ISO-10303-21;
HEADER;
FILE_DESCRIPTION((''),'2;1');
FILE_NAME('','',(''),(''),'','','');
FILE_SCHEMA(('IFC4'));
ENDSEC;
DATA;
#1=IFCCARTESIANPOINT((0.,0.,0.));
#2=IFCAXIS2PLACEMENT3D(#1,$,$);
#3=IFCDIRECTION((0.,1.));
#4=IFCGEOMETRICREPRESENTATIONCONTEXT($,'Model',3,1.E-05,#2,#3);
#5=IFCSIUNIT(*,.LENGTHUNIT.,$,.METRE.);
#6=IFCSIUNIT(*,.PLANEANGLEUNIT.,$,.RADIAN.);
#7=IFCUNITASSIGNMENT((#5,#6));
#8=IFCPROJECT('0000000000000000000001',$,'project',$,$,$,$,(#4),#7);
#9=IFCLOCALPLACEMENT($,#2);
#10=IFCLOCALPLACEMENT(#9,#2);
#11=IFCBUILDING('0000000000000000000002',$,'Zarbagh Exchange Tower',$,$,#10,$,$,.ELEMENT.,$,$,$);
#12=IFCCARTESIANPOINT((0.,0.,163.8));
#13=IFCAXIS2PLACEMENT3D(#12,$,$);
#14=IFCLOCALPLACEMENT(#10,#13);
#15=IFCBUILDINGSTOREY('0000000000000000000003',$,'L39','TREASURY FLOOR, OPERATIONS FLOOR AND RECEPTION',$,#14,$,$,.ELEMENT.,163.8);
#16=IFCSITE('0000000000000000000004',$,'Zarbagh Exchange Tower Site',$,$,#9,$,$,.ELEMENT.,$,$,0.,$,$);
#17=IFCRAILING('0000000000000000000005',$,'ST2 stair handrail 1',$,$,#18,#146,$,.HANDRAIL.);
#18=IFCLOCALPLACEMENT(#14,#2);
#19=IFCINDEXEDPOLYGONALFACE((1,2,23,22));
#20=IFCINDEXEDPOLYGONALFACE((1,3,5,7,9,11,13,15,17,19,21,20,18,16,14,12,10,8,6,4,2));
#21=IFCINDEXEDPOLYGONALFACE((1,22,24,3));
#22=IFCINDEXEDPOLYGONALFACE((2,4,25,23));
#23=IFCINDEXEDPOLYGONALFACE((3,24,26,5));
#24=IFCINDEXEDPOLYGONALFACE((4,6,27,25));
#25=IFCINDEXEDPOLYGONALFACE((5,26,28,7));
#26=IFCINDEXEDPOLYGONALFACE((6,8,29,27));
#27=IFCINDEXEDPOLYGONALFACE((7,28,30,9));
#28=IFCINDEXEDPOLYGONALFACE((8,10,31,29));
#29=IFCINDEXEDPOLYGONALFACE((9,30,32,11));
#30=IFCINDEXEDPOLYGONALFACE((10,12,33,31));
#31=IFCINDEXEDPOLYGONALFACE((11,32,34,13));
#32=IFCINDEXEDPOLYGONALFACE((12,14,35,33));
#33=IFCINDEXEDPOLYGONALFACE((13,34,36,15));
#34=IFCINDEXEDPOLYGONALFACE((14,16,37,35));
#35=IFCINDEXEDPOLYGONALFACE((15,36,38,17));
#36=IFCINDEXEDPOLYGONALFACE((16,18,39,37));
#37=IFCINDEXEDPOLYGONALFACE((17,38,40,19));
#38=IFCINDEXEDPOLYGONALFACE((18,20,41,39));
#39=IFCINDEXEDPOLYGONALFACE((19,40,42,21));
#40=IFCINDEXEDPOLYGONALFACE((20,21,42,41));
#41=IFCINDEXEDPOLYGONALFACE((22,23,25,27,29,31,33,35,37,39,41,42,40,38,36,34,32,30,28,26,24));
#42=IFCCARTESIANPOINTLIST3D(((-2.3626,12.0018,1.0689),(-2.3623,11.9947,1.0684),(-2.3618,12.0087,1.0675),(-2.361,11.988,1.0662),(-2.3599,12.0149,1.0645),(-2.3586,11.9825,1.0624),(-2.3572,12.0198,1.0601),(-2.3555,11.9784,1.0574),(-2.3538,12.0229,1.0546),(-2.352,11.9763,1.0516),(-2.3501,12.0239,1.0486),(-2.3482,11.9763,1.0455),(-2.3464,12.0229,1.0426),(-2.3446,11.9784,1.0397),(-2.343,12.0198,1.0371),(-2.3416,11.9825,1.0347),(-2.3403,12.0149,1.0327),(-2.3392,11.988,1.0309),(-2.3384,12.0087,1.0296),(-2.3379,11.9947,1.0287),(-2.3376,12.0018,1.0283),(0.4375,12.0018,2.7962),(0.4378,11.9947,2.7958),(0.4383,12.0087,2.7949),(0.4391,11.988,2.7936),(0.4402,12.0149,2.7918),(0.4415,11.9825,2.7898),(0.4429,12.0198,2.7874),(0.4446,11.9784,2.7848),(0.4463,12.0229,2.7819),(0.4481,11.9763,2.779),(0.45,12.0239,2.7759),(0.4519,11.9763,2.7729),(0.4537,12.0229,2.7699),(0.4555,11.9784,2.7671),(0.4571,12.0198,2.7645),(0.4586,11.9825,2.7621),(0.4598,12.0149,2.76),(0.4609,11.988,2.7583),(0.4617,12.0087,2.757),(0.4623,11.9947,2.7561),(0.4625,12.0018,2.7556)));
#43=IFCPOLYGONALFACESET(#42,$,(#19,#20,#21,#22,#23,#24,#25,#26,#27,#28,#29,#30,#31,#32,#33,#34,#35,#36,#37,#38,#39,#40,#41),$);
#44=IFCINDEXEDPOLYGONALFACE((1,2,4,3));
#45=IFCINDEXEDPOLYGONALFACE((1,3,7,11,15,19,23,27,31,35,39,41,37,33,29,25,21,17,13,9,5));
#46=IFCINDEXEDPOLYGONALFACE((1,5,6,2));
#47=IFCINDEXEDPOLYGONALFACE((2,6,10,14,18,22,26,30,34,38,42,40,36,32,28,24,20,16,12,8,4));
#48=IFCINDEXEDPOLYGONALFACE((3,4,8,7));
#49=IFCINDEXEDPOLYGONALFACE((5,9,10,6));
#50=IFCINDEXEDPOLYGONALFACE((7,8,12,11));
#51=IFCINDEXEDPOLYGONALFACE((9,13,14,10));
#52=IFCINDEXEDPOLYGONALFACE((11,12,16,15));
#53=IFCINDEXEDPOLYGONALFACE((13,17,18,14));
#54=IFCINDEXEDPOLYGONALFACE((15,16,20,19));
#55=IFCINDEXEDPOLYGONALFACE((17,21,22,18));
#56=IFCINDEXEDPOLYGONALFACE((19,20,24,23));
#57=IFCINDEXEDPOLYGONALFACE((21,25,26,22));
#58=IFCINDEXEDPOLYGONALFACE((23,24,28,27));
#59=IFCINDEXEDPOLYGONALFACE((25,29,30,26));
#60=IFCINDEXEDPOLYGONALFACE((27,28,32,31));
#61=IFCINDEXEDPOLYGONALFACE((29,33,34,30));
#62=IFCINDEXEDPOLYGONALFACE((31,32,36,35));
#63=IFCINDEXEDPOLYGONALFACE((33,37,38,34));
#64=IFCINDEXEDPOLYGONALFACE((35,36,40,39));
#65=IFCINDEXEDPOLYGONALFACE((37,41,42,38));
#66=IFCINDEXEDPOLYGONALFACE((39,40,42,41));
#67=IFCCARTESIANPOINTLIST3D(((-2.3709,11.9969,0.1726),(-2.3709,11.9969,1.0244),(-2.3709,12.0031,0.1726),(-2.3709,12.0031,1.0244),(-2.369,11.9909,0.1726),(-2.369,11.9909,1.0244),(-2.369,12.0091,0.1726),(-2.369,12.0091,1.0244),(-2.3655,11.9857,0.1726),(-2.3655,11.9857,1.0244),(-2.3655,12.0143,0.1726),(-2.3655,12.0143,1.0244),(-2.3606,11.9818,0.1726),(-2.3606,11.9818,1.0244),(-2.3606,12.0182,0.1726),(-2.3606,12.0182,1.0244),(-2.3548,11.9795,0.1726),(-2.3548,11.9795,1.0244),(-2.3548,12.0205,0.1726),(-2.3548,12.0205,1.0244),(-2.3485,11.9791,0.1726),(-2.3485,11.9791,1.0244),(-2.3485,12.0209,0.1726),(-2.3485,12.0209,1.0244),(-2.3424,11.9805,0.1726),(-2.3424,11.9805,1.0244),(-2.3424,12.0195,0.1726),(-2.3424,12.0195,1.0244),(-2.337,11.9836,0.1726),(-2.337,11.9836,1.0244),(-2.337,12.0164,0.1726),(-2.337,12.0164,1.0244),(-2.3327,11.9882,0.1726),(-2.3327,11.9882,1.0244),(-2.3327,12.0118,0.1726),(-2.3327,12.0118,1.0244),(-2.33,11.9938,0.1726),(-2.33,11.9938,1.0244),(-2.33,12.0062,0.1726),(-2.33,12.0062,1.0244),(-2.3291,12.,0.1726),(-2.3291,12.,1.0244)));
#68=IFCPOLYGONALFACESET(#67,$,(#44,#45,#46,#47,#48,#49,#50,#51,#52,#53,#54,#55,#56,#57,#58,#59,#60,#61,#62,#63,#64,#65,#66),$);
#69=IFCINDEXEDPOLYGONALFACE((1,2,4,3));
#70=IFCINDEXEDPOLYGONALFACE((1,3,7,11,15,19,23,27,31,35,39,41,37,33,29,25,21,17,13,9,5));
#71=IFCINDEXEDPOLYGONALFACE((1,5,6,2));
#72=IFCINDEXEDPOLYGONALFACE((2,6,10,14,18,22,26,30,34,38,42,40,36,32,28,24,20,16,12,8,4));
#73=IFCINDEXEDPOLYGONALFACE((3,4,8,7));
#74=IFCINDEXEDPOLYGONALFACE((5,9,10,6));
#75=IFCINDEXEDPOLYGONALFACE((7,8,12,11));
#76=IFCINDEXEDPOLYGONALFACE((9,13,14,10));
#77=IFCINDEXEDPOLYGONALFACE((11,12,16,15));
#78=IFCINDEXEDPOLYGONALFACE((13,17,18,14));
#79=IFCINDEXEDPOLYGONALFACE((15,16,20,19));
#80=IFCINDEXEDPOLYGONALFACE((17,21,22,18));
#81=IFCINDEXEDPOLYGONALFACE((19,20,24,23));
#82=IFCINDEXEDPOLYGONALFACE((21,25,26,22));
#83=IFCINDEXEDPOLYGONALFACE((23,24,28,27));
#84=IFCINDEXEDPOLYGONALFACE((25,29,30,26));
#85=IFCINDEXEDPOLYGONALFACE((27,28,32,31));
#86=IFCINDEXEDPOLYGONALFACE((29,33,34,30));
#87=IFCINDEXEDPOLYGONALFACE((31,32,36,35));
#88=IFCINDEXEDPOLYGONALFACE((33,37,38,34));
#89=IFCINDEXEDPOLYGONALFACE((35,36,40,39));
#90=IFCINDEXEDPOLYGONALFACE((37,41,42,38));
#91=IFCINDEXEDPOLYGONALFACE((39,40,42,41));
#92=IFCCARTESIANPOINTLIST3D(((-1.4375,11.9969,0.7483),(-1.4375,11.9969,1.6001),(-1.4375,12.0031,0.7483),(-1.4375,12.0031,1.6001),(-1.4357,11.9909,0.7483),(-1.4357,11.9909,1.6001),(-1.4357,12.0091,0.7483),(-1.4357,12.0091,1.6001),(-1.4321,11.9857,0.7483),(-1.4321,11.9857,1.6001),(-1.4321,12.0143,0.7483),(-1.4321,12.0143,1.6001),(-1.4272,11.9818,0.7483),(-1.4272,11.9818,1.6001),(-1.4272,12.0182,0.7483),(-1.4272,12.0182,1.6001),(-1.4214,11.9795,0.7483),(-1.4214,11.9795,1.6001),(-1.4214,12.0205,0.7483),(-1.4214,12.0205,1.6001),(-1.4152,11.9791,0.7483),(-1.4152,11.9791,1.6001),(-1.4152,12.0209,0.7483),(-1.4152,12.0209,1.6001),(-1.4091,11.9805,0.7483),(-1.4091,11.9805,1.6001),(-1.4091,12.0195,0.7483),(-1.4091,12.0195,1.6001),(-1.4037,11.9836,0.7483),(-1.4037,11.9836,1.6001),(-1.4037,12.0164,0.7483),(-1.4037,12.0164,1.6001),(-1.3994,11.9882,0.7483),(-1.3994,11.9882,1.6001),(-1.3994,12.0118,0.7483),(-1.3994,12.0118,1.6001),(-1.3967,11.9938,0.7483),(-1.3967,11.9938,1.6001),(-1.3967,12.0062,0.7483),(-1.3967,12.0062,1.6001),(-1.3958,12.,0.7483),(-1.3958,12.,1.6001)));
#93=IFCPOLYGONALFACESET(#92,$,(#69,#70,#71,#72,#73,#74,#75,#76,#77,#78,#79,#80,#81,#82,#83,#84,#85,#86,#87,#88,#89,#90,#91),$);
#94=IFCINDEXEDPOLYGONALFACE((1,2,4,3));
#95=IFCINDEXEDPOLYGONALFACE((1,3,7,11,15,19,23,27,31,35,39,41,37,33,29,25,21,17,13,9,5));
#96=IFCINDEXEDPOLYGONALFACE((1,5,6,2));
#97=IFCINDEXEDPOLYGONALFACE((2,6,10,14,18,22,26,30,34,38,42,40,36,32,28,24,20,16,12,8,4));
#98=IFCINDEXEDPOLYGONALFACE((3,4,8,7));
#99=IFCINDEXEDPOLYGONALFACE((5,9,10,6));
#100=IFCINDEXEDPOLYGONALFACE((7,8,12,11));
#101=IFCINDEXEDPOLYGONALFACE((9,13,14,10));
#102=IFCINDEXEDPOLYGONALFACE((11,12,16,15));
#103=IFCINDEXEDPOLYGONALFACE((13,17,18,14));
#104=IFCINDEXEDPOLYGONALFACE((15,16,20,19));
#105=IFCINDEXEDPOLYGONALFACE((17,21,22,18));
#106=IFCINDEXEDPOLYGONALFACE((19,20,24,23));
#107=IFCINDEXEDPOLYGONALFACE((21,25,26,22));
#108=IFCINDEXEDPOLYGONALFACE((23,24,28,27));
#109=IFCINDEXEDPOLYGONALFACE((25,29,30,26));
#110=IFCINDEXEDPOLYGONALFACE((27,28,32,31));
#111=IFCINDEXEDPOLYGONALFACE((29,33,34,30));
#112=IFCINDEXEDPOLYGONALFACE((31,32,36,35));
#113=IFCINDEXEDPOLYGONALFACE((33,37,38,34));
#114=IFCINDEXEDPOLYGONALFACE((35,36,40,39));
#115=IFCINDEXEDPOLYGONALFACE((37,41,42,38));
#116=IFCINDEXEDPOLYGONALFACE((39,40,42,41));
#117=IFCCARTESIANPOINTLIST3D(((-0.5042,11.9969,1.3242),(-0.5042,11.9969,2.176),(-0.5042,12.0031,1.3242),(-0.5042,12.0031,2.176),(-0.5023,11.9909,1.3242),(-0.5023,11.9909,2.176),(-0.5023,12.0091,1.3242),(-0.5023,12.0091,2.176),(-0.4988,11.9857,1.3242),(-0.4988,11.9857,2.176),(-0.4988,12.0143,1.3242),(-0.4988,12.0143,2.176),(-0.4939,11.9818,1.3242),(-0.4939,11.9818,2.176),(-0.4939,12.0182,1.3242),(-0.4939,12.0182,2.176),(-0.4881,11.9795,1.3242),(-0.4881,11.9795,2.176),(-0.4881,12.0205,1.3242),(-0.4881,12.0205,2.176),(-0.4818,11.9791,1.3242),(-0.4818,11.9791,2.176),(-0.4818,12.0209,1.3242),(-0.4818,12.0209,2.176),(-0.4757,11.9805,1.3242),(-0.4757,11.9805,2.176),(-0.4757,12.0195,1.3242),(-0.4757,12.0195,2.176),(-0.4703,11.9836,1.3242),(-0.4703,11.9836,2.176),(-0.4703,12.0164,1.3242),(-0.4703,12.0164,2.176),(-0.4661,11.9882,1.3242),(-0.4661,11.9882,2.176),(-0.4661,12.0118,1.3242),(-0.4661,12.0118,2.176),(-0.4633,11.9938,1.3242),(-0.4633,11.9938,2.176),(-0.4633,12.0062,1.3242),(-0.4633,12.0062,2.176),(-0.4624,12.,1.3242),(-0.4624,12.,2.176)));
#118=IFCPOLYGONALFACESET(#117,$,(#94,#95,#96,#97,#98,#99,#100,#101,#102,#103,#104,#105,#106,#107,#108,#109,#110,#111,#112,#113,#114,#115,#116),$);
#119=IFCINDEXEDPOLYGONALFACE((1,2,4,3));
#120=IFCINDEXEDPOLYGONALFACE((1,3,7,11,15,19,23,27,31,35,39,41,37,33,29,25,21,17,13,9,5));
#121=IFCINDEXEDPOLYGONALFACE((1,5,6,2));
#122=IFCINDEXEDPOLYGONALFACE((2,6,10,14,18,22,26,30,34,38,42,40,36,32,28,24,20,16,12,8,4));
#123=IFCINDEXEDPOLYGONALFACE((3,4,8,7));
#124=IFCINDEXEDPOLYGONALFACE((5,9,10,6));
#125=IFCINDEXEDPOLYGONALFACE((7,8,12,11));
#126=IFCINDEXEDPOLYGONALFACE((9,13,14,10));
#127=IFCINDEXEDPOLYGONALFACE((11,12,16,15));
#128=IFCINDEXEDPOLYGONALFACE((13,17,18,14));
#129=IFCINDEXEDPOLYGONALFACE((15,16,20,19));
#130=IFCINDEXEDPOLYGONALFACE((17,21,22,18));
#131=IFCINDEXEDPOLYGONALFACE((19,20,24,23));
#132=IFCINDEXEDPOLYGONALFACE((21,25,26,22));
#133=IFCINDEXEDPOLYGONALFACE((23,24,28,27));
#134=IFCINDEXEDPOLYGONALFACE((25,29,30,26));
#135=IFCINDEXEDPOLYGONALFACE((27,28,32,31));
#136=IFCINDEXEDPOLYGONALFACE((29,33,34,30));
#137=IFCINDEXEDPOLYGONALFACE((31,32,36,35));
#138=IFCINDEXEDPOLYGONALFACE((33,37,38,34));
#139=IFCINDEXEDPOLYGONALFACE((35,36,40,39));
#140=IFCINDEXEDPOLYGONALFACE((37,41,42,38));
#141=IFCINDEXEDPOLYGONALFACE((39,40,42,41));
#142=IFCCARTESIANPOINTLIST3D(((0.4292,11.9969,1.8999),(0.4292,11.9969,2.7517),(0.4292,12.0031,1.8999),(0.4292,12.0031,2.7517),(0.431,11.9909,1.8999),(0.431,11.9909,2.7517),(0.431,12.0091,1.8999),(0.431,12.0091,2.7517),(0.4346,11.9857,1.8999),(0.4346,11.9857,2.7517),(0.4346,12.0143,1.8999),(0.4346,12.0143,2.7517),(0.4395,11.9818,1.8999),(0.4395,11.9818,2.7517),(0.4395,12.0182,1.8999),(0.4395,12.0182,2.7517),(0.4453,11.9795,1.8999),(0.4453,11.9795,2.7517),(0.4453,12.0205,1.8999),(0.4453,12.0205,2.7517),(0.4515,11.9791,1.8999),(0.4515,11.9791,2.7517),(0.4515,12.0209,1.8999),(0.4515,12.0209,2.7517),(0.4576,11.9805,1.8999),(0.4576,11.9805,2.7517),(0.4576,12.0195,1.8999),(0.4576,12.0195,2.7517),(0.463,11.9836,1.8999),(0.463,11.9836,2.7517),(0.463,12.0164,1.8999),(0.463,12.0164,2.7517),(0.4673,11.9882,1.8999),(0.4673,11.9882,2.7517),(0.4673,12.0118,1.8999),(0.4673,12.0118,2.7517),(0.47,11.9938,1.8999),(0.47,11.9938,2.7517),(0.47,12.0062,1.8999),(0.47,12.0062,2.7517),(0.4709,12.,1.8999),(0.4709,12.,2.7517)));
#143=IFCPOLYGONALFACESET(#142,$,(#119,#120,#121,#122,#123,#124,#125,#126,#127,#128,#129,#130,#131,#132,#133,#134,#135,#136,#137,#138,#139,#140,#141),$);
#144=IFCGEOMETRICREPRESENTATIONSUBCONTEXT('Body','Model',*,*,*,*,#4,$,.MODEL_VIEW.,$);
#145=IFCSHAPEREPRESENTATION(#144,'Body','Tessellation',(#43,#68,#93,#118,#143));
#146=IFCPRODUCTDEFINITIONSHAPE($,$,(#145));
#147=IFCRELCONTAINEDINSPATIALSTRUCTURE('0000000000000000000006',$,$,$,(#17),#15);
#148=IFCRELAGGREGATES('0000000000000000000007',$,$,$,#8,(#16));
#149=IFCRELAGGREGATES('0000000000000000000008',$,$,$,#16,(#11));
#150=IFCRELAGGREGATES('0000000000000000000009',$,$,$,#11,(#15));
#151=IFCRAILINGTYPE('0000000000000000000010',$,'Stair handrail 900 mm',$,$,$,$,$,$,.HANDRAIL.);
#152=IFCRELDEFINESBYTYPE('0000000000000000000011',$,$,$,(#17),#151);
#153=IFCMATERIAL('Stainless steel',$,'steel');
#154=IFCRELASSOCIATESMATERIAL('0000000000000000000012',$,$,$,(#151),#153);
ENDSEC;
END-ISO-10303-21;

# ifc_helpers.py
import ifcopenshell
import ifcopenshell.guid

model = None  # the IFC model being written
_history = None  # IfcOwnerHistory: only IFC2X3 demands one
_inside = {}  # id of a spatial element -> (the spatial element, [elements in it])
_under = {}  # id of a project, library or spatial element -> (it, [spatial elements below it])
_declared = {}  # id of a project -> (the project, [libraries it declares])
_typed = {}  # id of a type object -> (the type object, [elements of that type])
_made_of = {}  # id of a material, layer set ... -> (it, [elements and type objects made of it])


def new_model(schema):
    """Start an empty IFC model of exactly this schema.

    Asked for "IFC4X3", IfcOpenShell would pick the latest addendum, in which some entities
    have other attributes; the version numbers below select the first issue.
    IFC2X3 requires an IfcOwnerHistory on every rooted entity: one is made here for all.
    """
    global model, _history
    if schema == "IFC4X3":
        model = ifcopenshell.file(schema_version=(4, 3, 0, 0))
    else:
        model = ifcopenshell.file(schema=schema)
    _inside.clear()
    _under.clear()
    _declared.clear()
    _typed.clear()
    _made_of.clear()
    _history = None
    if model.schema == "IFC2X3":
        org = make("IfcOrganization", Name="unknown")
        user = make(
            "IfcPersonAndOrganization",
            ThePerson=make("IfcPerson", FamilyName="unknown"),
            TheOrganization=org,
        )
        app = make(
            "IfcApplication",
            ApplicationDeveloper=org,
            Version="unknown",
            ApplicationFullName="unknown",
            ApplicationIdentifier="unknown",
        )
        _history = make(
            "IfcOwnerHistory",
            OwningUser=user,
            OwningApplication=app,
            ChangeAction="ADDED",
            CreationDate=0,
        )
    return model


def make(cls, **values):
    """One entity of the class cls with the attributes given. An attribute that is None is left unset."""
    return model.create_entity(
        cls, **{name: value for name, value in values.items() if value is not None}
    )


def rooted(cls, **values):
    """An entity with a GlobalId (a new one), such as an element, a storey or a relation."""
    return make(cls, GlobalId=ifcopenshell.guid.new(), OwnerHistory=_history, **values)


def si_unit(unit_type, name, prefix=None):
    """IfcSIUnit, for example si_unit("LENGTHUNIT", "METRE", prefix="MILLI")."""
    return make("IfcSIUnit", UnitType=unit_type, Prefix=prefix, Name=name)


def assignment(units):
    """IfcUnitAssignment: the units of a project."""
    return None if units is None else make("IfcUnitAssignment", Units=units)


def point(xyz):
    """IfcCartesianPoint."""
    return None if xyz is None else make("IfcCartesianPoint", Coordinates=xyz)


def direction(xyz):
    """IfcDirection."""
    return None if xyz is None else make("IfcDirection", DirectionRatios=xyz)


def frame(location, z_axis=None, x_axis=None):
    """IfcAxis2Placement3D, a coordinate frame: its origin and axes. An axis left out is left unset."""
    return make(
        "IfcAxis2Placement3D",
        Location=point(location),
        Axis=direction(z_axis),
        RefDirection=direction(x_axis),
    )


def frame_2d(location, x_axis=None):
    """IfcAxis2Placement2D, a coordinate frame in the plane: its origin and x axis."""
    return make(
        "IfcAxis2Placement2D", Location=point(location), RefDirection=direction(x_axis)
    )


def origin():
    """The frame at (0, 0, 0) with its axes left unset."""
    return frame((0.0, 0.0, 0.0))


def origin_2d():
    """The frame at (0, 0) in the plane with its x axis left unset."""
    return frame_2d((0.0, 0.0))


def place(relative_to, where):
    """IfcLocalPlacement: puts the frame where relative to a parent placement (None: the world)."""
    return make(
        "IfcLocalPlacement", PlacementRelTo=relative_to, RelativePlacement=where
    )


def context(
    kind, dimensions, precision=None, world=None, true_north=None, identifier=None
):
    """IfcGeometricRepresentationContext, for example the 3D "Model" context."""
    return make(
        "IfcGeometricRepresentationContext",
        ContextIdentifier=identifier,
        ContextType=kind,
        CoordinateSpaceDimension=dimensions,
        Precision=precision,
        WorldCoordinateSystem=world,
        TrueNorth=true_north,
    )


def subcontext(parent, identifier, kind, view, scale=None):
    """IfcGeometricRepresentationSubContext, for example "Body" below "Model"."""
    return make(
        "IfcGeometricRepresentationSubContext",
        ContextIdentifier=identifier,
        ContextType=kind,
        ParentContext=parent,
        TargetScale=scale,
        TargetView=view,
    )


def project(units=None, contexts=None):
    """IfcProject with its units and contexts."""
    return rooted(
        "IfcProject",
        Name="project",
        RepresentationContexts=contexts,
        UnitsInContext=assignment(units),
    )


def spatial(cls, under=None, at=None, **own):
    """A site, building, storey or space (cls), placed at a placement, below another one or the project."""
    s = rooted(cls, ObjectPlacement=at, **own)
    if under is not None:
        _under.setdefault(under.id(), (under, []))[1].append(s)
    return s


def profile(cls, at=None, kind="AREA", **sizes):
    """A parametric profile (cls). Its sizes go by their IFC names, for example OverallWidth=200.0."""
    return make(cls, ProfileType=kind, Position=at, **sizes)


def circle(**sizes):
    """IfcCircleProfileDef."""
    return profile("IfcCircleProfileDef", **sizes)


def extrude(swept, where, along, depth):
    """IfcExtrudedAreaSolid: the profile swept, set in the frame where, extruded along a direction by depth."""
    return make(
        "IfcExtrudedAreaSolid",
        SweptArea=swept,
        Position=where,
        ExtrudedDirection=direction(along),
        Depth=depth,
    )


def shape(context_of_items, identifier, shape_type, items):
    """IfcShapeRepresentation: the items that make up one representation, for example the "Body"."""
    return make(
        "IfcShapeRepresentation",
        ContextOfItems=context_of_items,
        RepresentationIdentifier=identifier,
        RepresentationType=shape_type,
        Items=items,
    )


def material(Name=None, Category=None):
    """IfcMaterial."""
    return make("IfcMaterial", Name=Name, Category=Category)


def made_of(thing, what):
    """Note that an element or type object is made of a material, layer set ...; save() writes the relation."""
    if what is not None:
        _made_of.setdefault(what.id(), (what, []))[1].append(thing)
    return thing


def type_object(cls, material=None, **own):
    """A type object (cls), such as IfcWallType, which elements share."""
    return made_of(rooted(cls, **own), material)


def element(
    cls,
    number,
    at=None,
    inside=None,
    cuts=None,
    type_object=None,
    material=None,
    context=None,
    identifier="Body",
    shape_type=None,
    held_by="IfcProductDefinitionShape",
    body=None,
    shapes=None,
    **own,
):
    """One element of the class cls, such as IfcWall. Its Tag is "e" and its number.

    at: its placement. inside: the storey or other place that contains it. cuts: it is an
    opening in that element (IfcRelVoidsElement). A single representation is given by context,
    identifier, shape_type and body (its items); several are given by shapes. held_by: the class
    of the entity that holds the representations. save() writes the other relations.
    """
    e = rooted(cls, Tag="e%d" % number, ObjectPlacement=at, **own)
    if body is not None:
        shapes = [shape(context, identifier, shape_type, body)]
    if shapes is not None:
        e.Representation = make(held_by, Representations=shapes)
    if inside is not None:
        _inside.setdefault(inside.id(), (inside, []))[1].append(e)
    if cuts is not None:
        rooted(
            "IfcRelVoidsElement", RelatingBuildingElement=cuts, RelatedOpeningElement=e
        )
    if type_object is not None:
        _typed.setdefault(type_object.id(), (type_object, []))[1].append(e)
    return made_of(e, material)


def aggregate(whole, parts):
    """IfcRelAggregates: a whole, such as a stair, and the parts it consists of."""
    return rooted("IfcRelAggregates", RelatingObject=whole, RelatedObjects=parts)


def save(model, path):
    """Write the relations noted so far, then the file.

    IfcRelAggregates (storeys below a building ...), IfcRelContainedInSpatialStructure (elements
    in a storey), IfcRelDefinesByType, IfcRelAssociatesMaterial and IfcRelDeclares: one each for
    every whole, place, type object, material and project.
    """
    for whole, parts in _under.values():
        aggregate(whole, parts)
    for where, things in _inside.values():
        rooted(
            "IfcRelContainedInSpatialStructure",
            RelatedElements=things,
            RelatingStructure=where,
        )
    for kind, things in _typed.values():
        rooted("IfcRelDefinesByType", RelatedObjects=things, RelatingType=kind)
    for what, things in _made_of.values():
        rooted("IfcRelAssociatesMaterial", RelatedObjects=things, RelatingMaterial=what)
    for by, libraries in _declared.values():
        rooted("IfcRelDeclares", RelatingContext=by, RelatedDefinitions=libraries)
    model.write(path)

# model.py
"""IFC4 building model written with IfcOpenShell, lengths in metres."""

from ifc_helpers import new_model, si_unit, direction, frame, origin, origin_2d, place, context, subcontext, project, spatial, circle, extrude, material, type_object, element, save


model = new_model("IFC4")

# Units and contexts
model_context = context("Model", 3, precision=1e-05, world=origin(), true_north=direction((0.0, 1.0)))
body_context = subcontext(model_context, "Body", "Model", "MODEL_VIEW")
ifc_project = project(units=[si_unit("LENGTHUNIT", "METRE"), si_unit("PLANEANGLEUNIT", "RADIAN")], contexts=[model_context])

# Site, building, storey
site_placement = place(None, origin())
site = spatial("IfcSite", under=ifc_project, at=site_placement, Name="Zarbagh Exchange Tower Site", CompositionType="ELEMENT", RefElevation=0.0)
building_placement = place(site_placement, origin())
building = spatial("IfcBuilding", under=site, at=building_placement, Name="Zarbagh Exchange Tower", CompositionType="ELEMENT")
storey_placement = place(building_placement, frame((0.0, 0.0, 163.8)))
storey = spatial("IfcBuildingStorey", under=building, at=storey_placement, Name="L39", Description="TREASURY FLOOR, OPERATIONS FLOOR AND RECEPTION", CompositionType="ELEMENT", Elevation=163.8)

# Railing
ifc_material_1 = material(Name="Stainless steel", Category="steel")
railing_type = type_object("IfcRailingType", Name="Stair handrail 900 mm", PredefinedType="HANDRAIL", material=ifc_material_1)
railing_placement = place(storey_placement, frame((-2.3501, 12.0, 0.1726)))
element("IfcRailing", 1, at=railing_placement, inside=storey, type_object=railing_type, Name="ST2 stair handrail 1", PredefinedType="HANDRAIL", context=body_context, shape_type="SweptSolid", body=[
    extrude(circle(Radius=0.0239, at=origin_2d()), frame((0.0, 0.0, 0.876), z_axis=(0.85109, 0.0, 0.52502), x_axis=(0.0, 1.0, 0.0)), (0.0, 0.0, 1.0), 3.29),
    extrude(circle(Radius=0.021, at=origin_2d()), origin(), (0.0, 0.0, 1.0), 0.8518),
    extrude(circle(Radius=0.021, at=origin_2d()), frame((0.9333, 0.0, 0.5757)), (0.0, 0.0, 1.0), 0.8518),
    extrude(circle(Radius=0.021, at=origin_2d()), frame((1.8667, 0.0, 1.1516)), (0.0, 0.0, 1.0), 0.8518),
    extrude(circle(Radius=0.021, at=origin_2d()), frame((2.8, 0.0, 1.7273)), (0.0, 0.0, 1.0), 0.8518),
])

save(model, "model.ifc")
